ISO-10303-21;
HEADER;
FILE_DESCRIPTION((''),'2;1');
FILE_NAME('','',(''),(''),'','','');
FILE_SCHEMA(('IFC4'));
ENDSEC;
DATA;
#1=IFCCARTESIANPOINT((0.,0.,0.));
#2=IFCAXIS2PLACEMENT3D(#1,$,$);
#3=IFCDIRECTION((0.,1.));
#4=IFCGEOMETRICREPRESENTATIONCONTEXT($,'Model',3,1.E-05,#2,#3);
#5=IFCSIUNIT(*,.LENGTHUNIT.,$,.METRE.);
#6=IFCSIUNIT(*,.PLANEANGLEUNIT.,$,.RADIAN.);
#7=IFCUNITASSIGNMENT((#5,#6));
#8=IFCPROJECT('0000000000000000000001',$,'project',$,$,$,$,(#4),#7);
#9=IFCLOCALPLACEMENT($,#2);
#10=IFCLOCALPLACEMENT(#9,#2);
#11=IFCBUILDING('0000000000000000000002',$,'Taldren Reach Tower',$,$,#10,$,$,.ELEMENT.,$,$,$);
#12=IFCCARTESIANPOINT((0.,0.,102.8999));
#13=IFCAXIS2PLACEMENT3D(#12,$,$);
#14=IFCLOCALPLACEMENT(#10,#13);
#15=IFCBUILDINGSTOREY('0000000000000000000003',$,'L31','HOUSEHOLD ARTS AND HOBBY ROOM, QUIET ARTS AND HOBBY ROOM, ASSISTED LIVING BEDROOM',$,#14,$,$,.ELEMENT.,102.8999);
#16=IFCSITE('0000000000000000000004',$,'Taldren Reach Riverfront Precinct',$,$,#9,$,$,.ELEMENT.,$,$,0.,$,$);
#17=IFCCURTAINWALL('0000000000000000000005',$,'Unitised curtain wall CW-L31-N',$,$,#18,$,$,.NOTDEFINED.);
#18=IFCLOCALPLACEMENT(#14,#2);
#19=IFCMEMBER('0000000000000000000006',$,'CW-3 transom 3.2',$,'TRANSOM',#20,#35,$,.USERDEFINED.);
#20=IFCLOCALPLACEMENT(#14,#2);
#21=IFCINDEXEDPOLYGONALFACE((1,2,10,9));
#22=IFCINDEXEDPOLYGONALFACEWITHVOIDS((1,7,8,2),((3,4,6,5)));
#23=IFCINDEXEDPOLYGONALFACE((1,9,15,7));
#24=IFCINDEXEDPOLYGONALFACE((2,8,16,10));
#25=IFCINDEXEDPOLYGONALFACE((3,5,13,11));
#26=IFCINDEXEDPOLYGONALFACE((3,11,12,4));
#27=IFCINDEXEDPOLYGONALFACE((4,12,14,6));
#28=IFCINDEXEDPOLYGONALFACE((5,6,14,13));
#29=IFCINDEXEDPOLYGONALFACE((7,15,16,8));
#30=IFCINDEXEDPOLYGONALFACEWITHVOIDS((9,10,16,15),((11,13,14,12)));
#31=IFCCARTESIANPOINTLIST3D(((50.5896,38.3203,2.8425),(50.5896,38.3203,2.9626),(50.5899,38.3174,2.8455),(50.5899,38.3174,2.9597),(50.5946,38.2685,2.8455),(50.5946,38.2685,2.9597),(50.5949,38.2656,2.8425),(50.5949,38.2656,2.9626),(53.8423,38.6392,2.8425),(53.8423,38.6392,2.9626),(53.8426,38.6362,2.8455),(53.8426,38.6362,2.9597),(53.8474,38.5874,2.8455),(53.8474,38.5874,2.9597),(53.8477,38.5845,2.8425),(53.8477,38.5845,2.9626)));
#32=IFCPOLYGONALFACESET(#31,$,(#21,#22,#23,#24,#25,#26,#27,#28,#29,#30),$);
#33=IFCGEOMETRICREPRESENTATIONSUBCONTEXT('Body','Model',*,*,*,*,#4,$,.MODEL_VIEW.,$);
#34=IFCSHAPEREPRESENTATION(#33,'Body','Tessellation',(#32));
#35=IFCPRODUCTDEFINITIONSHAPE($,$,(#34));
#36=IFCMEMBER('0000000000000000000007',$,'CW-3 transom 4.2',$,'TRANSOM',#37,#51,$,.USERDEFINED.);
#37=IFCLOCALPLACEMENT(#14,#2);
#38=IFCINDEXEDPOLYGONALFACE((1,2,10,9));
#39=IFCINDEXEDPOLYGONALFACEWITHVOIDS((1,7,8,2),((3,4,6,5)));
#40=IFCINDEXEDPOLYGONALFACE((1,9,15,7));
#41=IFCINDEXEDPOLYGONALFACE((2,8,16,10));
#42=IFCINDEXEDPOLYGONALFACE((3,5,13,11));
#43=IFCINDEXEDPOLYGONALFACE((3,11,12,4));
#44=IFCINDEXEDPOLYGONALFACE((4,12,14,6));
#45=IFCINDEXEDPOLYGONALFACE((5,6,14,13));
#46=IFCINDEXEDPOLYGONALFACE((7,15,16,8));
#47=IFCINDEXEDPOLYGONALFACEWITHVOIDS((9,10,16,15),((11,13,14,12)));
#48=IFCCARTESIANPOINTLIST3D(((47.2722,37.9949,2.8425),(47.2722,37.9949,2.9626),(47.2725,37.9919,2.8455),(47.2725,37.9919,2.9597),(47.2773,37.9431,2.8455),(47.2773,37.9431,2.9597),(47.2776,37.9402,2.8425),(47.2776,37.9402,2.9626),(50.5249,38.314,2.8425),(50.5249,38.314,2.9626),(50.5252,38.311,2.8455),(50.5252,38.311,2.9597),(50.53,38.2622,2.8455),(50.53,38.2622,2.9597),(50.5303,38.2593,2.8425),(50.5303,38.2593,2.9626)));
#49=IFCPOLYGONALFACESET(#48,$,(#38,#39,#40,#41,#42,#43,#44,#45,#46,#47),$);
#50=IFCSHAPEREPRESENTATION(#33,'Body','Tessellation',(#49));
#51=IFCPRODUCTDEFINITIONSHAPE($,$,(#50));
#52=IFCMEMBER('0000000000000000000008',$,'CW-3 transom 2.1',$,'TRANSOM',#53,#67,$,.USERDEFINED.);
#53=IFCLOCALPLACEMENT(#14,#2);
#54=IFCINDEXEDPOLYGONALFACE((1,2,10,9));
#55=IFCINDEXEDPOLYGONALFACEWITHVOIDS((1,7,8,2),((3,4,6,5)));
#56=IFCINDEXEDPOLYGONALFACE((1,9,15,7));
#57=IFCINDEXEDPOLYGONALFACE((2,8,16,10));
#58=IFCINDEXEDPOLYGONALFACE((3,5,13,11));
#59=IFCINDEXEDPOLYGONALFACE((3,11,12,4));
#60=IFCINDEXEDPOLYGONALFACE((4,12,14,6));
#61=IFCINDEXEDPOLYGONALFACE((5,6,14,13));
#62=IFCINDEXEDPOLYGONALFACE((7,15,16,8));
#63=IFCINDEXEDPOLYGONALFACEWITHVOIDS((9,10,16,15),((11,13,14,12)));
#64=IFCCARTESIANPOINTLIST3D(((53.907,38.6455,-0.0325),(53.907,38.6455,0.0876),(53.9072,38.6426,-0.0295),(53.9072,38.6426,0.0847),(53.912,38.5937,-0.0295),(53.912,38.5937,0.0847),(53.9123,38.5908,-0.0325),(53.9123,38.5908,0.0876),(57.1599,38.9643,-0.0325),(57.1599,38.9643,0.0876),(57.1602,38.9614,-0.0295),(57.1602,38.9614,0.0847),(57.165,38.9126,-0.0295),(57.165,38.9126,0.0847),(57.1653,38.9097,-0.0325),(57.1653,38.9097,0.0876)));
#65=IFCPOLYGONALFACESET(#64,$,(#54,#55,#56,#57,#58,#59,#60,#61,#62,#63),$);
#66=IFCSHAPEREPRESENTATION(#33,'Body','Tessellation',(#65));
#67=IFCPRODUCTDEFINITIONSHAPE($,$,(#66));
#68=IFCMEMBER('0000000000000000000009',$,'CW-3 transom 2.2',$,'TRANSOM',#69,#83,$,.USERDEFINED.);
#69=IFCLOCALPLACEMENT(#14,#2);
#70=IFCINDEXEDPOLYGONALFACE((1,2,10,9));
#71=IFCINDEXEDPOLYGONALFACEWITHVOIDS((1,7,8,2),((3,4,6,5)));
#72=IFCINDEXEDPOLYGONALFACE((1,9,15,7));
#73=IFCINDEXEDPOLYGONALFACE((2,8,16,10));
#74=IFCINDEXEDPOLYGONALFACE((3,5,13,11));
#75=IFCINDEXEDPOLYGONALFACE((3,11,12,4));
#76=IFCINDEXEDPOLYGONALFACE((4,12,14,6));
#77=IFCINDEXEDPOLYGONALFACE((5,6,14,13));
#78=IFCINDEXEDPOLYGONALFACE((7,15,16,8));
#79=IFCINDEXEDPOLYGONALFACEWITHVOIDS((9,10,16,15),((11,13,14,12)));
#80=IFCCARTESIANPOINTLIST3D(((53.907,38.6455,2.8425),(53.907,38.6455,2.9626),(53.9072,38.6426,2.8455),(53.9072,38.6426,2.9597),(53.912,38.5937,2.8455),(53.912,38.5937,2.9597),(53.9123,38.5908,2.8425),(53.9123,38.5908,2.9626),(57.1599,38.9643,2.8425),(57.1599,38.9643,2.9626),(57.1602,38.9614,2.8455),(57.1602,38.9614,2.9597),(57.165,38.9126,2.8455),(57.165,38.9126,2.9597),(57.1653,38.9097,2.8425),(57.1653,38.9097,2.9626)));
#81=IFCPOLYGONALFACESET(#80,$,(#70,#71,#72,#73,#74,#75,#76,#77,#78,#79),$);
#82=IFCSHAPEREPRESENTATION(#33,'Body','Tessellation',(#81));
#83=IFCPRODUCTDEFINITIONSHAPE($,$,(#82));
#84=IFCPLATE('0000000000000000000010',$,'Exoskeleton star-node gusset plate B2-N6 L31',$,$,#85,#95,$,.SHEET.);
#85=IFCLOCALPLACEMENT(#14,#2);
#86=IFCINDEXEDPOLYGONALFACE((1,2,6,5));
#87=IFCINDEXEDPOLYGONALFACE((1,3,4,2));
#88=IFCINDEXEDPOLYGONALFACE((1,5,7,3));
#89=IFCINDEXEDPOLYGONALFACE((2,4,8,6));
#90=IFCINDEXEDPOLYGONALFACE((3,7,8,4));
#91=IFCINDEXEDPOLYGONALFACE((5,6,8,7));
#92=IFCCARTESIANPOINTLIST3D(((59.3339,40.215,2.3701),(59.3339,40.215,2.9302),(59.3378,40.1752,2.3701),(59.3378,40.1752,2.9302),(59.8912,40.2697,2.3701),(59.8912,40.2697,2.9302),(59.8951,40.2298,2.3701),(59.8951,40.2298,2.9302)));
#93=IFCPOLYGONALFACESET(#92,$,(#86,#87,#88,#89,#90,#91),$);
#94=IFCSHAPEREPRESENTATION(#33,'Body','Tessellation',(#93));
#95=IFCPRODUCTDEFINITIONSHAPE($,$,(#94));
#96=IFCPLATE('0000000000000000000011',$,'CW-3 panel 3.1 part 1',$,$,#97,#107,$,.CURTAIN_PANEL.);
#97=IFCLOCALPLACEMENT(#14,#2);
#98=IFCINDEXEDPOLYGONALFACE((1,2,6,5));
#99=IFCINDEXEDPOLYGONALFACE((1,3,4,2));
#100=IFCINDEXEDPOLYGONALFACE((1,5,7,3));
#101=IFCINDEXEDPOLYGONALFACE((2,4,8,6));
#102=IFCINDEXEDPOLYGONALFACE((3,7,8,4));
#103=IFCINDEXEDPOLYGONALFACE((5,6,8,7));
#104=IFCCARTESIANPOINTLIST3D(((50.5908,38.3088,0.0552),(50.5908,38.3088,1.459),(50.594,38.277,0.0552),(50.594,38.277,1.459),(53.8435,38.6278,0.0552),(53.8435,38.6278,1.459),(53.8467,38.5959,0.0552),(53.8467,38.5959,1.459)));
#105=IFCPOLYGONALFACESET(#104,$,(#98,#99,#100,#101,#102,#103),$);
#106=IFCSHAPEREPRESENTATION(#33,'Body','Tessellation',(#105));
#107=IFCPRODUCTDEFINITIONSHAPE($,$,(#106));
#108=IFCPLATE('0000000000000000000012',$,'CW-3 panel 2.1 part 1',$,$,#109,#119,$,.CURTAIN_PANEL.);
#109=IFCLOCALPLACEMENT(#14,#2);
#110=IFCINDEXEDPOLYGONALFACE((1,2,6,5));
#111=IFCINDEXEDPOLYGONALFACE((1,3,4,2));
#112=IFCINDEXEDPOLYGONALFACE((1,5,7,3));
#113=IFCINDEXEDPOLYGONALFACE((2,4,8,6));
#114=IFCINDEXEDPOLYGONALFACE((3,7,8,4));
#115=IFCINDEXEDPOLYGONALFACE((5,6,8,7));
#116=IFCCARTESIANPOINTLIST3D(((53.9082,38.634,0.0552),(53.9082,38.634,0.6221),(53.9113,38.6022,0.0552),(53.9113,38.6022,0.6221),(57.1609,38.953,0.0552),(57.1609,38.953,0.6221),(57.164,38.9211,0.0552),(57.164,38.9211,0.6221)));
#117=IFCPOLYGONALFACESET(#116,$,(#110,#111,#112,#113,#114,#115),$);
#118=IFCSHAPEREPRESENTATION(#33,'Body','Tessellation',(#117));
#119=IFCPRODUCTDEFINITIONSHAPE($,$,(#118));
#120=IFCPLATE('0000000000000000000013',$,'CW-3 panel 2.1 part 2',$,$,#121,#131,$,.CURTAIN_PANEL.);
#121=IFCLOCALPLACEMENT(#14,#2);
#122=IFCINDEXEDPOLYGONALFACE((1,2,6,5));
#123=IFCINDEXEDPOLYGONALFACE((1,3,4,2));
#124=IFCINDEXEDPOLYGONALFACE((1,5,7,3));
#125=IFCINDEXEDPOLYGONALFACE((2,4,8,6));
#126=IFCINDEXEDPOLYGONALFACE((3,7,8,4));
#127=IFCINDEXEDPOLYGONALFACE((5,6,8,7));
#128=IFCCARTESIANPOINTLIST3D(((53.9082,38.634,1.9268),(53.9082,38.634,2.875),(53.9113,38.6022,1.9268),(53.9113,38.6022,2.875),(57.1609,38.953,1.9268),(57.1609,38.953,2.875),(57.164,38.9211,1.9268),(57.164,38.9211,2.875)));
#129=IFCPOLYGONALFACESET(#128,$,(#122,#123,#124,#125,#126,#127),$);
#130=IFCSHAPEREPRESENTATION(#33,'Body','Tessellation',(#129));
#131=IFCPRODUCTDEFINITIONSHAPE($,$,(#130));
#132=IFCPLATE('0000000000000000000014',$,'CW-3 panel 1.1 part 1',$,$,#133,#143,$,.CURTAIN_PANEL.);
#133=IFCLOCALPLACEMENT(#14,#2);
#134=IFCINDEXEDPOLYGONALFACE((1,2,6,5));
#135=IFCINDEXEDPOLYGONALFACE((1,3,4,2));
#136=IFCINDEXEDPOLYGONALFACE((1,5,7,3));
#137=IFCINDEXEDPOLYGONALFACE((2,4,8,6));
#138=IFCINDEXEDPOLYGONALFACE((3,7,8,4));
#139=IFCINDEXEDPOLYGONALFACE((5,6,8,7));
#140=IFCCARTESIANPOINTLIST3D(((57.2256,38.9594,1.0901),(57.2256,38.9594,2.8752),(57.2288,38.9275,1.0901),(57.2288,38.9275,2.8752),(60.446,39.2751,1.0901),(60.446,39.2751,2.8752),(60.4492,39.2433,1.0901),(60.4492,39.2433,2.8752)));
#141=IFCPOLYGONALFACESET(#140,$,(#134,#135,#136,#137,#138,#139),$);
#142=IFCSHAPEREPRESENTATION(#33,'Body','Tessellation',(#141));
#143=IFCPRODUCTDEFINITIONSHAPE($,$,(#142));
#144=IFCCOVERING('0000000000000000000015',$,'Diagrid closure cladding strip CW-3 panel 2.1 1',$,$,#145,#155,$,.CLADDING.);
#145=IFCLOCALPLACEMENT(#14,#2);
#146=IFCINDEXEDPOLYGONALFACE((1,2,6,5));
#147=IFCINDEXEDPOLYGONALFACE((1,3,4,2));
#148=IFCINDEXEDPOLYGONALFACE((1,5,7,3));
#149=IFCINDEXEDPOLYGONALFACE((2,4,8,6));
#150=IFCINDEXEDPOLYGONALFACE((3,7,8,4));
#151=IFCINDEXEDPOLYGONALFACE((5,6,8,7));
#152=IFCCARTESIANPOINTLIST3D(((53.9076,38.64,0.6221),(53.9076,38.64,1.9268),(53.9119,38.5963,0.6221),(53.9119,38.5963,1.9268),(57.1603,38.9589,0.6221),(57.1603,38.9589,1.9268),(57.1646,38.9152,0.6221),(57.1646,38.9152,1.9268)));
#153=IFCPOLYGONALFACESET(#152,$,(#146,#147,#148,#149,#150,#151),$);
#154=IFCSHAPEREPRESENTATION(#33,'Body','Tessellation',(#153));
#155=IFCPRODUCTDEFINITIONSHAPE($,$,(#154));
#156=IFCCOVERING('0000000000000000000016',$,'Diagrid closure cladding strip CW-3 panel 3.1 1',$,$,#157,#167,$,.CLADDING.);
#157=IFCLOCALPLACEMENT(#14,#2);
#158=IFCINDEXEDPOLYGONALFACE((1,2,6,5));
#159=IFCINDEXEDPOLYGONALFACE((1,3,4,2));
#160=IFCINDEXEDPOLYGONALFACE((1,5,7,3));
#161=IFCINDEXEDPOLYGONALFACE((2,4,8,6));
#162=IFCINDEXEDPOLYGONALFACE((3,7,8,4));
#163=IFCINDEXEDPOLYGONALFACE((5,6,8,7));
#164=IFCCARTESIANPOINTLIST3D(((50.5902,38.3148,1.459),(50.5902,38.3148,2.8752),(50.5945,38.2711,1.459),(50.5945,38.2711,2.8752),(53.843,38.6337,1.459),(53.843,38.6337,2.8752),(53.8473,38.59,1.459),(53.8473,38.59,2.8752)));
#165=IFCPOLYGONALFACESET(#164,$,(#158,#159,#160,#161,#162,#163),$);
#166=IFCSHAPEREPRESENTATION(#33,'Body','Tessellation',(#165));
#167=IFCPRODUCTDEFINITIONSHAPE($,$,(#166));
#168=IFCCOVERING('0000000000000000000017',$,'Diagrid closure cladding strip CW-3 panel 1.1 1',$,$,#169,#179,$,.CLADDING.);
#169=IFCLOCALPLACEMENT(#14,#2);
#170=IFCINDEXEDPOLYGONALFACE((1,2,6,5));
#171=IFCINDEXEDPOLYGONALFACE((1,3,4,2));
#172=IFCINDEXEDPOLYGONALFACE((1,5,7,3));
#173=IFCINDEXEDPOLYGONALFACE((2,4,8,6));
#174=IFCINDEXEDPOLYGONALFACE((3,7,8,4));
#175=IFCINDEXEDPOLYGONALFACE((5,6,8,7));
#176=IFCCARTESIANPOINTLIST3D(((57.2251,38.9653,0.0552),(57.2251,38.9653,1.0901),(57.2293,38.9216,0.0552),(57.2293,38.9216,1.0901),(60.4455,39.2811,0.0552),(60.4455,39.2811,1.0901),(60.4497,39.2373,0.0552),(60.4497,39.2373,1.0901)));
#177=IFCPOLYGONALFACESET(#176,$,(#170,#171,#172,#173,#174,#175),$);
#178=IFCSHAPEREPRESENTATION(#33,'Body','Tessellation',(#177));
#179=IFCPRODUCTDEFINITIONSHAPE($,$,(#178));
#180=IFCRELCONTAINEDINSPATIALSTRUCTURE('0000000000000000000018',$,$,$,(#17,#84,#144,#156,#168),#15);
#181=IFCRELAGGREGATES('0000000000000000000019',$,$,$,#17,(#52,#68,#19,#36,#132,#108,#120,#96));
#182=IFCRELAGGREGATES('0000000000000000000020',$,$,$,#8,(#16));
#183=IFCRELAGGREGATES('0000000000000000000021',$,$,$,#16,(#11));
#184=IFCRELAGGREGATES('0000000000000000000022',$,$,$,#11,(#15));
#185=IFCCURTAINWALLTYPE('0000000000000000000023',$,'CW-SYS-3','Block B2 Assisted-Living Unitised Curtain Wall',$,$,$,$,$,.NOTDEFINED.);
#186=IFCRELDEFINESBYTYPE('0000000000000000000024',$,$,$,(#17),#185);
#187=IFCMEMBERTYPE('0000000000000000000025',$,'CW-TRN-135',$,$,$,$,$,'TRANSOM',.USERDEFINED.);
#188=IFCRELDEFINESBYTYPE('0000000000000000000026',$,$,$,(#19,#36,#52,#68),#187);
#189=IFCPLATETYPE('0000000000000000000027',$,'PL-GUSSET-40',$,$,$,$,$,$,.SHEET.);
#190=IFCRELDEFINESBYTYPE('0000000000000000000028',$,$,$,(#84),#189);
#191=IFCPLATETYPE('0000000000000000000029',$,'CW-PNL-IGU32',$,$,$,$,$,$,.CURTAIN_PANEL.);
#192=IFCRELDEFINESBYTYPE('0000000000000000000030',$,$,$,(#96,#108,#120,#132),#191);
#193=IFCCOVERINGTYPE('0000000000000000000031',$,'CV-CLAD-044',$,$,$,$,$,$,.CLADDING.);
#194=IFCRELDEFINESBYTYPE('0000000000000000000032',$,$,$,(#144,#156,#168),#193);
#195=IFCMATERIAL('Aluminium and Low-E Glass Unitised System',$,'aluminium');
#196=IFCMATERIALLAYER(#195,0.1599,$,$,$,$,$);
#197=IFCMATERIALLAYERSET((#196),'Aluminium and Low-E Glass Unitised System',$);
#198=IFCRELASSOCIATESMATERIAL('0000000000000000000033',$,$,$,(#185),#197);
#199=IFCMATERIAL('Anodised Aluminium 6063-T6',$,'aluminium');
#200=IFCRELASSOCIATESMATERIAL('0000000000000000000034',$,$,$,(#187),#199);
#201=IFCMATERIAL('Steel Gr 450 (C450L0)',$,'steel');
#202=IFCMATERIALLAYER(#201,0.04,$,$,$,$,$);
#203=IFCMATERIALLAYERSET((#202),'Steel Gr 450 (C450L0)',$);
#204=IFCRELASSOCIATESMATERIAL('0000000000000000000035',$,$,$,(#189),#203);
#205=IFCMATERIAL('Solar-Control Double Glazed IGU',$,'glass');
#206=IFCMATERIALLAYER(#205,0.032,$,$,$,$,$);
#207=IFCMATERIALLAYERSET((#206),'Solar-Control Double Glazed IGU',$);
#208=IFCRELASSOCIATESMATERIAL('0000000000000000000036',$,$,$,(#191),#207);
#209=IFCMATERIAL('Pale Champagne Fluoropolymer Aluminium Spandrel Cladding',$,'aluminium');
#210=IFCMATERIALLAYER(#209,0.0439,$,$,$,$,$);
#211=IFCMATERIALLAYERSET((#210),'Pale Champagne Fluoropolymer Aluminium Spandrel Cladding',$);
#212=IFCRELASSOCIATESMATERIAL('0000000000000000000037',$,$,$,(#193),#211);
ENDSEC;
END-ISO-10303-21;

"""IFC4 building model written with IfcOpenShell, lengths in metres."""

from ifc_helpers import new_model, si_unit, direction, frame, origin, origin_2d, place, context, subcontext, project, spatial, rectangle, hollow_rectangle, extrude, source, transform, mapped, material, layer, layer_set, material_profile, profile_set, type_object, element, aggregate, save


model = new_model("IFC4")

# Units and contexts
model_context = context("Model", 3, precision=1e-05, world=origin(), true_north=direction((0.0, 1.0)))
body_context = subcontext(model_context, "Body", "Model", "MODEL_VIEW")
ifc_project = project(units=[si_unit("LENGTHUNIT", "METRE"), si_unit("PLANEANGLEUNIT", "RADIAN")], contexts=[model_context])

# Site, building, storey
site_placement = place(None, origin())
site = spatial("IfcSite", under=ifc_project, at=site_placement, Name="Taldren Reach Riverfront Precinct", CompositionType="ELEMENT", RefElevation=0.0)
building_placement = place(site_placement, origin())
building = spatial("IfcBuilding", under=site, at=building_placement, Name="Taldren Reach Tower", CompositionType="ELEMENT")
storey_placement = place(building_placement, frame((0.0, 0.0, 102.8999)))
storey = spatial("IfcBuildingStorey", under=building, at=storey_placement, Name="L31", Description="HOUSEHOLD ARTS AND HOBBY ROOM, QUIET ARTS AND HOBBY ROOM, ASSISTED LIVING BEDROOM", CompositionType="ELEMENT", Elevation=102.8999)

# Shared definitions
ifc_material_1 = material(Name="Steel Gr 450 (C450L0)", Category="steel")

# Curtain wall, members
ifc_material_2 = material(Name="Aluminium and Low-E Glass Unitised System", Category="aluminium")
ifc_layer_1 = layer(ifc_material_2, 0.1599)
ifc_layer_set_1 = layer_set([ifc_layer_1], Name="Aluminium and Low-E Glass Unitised System")
curtain_wall_type = type_object("IfcCurtainWallType", Name="CW-SYS-3", Description="Block B2 Assisted-Living Unitised Curtain Wall", PredefinedType="NOTDEFINED", material=ifc_layer_set_1)
curtain_wall_placement = place(storey_placement, origin())
curtain_wall = element("IfcCurtainWall", 1, at=curtain_wall_placement, inside=storey, type_object=curtain_wall_type, Name="Unitised curtain wall CW-L31-N", PredefinedType="NOTDEFINED")
ifc_material_3 = material(Name="Anodised Aluminium 6063-T6", Category="aluminium")
ifc_material_profile_1 = material_profile(ifc_material_3, hollow_rectangle(XDim=0.0549, YDim=0.1201, WallThickness=0.0029, at=origin_2d()), Name="ALU-120x55x3RHS")
ifc_profile_set_1 = profile_set([ifc_material_profile_1], Name="Anodised Aluminium 6063-T6")
member_type_1 = type_object("IfcMemberType", Name="CW-TRN-135", ElementType="TRANSOM", PredefinedType="USERDEFINED", material=ifc_profile_set_1)
shared_shape_1 = source(origin(), body_context, "Body", "SweptSolid", [
    extrude(hollow_rectangle(XDim=0.0549, YDim=0.1201, WallThickness=0.0029, at=origin_2d()), origin(), (0.0, 0.0, 1.0), 3.2683),
])
member_1_placement = place(storey_placement, frame((53.845, 38.6118, 2.9026), z_axis=(-0.99523, -0.097558, 0.0), x_axis=(0.097558, -0.99523, 0.0)))
member_1 = element("IfcMember", 2, at=member_1_placement, type_object=member_type_1, Name="CW-3 transom 3.2", ObjectType="TRANSOM", PredefinedType="USERDEFINED", context=body_context, shape_type="MappedRepresentation", body=[
    mapped(shared_shape_1, transform((0.0, 0.0, 0.0), scale=1.0)),
])
member_2_placement = place(storey_placement, frame((50.5276, 38.2866, 2.9026), z_axis=(-0.995223, -0.097632, 0.0), x_axis=(0.097632, -0.995223, 0.0)))
member_2 = element("IfcMember", 3, at=member_2_placement, type_object=member_type_1, Name="CW-3 transom 4.2", ObjectType="TRANSOM", PredefinedType="USERDEFINED", context=body_context, shape_type="MappedRepresentation", body=[
    mapped(shared_shape_1, transform((0.0, 0.0, 0.0), scale=1.0)),
])
shared_shape_2 = source(origin(), body_context, "Body", "SweptSolid", [
    extrude(hollow_rectangle(XDim=0.0549, YDim=0.1201, WallThickness=0.0029, at=origin_2d()), origin(), (0.0, 0.0, 1.0), 3.2686),
])
member_3_placement = place(storey_placement, frame((57.1626, 38.937, 0.0276), z_axis=(-0.995231, -0.097551, 0.0), x_axis=(0.097551, -0.995231, 0.0)))
member_3 = element("IfcMember", 4, at=member_3_placement, type_object=member_type_1, Name="CW-3 transom 2.1", ObjectType="TRANSOM", PredefinedType="USERDEFINED", context=body_context, shape_type="MappedRepresentation", body=[
    mapped(shared_shape_2, transform((0.0, 0.0, 0.0), scale=1.0)),
])
member_4_placement = place(storey_placement, frame((57.1626, 38.937, 2.9026), z_axis=(-0.995231, -0.097551, 0.0), x_axis=(0.097551, -0.995231, 0.0)))
member_4 = element("IfcMember", 5, at=member_4_placement, type_object=member_type_1, Name="CW-3 transom 2.2", ObjectType="TRANSOM", PredefinedType="USERDEFINED", context=body_context, shape_type="MappedRepresentation", body=[
    mapped(shared_shape_2, transform((0.0, 0.0, 0.0), scale=1.0)),
])

# Plates
ifc_layer_2 = layer(ifc_material_1, 0.04)
ifc_layer_set_2 = layer_set([ifc_layer_2], Name="Steel Gr 450 (C450L0)")
plate_type_1 = type_object("IfcPlateType", Name="PL-GUSSET-40", PredefinedType="SHEET", material=ifc_layer_set_2)
shared_shape_3 = source(origin(), body_context, "Body", "SweptSolid", [
    extrude(rectangle(XDim=0.5601, YDim=0.04, at=origin_2d()), origin(), (0.0, 0.0, 1.0), 0.5601),
])
plate_1_placement = place(storey_placement, frame((59.6145, 40.2224, 2.3701), z_axis=(0.0, 0.0, 1.0), x_axis=(0.995227, 0.097583, 0.0)))
element("IfcPlate", 6, at=plate_1_placement, inside=storey, type_object=plate_type_1, Name="Exoskeleton star-node gusset plate B2-N6 L31", PredefinedType="SHEET", context=body_context, shape_type="MappedRepresentation", body=[
    mapped(shared_shape_3, transform((0.0, 0.0, 0.0), scale=1.0)),
])
ifc_material_4 = material(Name="Solar-Control Double Glazed IGU", Category="glass")
ifc_layer_3 = layer(ifc_material_4, 0.032)
ifc_layer_set_3 = layer_set([ifc_layer_3], Name="Solar-Control Double Glazed IGU")
plate_type_2 = type_object("IfcPlateType", Name="CW-PNL-IGU32", PredefinedType="CURTAIN_PANEL", material=ifc_layer_set_3)
shared_shape_4 = source(origin(), body_context, "Body", "SweptSolid", [
    extrude(rectangle(XDim=3.2683, YDim=0.032, at=origin_2d()), origin(), (0.0, 0.0, 1.0), 1.4038),
])
plate_2_placement = place(storey_placement, frame((52.2188, 38.4524, 0.0552), z_axis=(0.0, 0.0, 1.0), x_axis=(-0.995227, -0.097583, 0.0)))
plate_2 = element("IfcPlate", 7, at=plate_2_placement, type_object=plate_type_2, Name="CW-3 panel 3.1 part 1", PredefinedType="CURTAIN_PANEL", context=body_context, shape_type="MappedRepresentation", body=[
    mapped(shared_shape_4, transform((0.0, 0.0, 0.0), scale=1.0)),
])
shared_shape_5 = source(origin(), body_context, "Body", "SweptSolid", [
    extrude(rectangle(XDim=3.2683, YDim=0.032, at=origin_2d()), origin(), (0.0, 0.0, 1.0), 0.5669),
])
plate_3_placement = place(storey_placement, frame((55.5361, 38.7776, 0.0552), z_axis=(0.0, 0.0, 1.0), x_axis=(-0.995227, -0.097583, 0.0)))
plate_3 = element("IfcPlate", 8, at=plate_3_placement, type_object=plate_type_2, Name="CW-3 panel 2.1 part 1", PredefinedType="CURTAIN_PANEL", context=body_context, shape_type="MappedRepresentation", body=[
    mapped(shared_shape_5, transform((0.0, 0.0, 0.0), scale=1.0)),
])
shared_shape_6 = source(origin(), body_context, "Body", "SweptSolid", [
    extrude(rectangle(XDim=3.2683, YDim=0.032, at=origin_2d()), origin(), (0.0, 0.0, 1.0), 0.9482),
])
plate_4_placement = place(storey_placement, frame((55.5361, 38.7776, 1.9268), z_axis=(0.0, 0.0, 1.0), x_axis=(-0.995227, -0.097583, 0.0)))
plate_4 = element("IfcPlate", 9, at=plate_4_placement, type_object=plate_type_2, Name="CW-3 panel 2.1 part 2", PredefinedType="CURTAIN_PANEL", context=body_context, shape_type="MappedRepresentation", body=[
    mapped(shared_shape_6, transform((0.0, 0.0, 0.0), scale=1.0)),
])
shared_shape_7 = source(origin(), body_context, "Body", "SweptSolid", [
    extrude(rectangle(XDim=3.2358, YDim=0.032, at=origin_2d()), origin(), (0.0, 0.0, 1.0), 1.7852),
])
plate_5_placement = place(storey_placement, frame((58.8374, 39.1013, 1.0901), z_axis=(0.0, 0.0, 1.0), x_axis=(-0.995227, -0.097583, 0.0)))
plate_5 = element("IfcPlate", 10, at=plate_5_placement, type_object=plate_type_2, Name="CW-3 panel 1.1 part 1", PredefinedType="CURTAIN_PANEL", context=body_context, shape_type="MappedRepresentation", body=[
    mapped(shared_shape_7, transform((0.0, 0.0, 0.0), scale=1.0)),
])
aggregate(curtain_wall, [member_3, member_4, member_1, member_2, plate_5, plate_3, plate_4, plate_2])

# Coverings
ifc_material_5 = material(Name="Pale Champagne Fluoropolymer Aluminium Spandrel Cladding", Category="aluminium")
ifc_layer_4 = layer(ifc_material_5, 0.0439)
ifc_layer_set_4 = layer_set([ifc_layer_4], Name="Pale Champagne Fluoropolymer Aluminium Spandrel Cladding")
covering_type = type_object("IfcCoveringType", Name="CV-CLAD-044", PredefinedType="CLADDING", material=ifc_layer_set_4)
shared_shape_8 = source(origin(), body_context, "Body", "SweptSolid", [
    extrude(rectangle(XDim=3.2683, YDim=0.0439, at=origin_2d()), origin(), (0.0, 0.0, 1.0), 1.3047),
])
covering_1_placement = place(storey_placement, frame((55.5361, 38.7776, 0.6221), z_axis=(0.0, 0.0, 1.0), x_axis=(-0.995227, -0.097583, 0.0)))
element("IfcCovering", 11, at=covering_1_placement, inside=storey, type_object=covering_type, Name="Diagrid closure cladding strip CW-3 panel 2.1 1", PredefinedType="CLADDING", context=body_context, shape_type="MappedRepresentation", body=[
    mapped(shared_shape_8, transform((0.0, 0.0, 0.0), scale=1.0)),
])
shared_shape_9 = source(origin(), body_context, "Body", "SweptSolid", [
    extrude(rectangle(XDim=3.2683, YDim=0.0439, at=origin_2d()), origin(), (0.0, 0.0, 1.0), 1.4163),
])
covering_2_placement = place(storey_placement, frame((52.2188, 38.4524, 1.459), z_axis=(0.0, 0.0, 1.0), x_axis=(-0.995227, -0.097583, 0.0)))
element("IfcCovering", 12, at=covering_2_placement, inside=storey, type_object=covering_type, Name="Diagrid closure cladding strip CW-3 panel 3.1 1", PredefinedType="CLADDING", context=body_context, shape_type="MappedRepresentation", body=[
    mapped(shared_shape_9, transform((0.0, 0.0, 0.0), scale=1.0)),
])
shared_shape_10 = source(origin(), body_context, "Body", "SweptSolid", [
    extrude(rectangle(XDim=3.2358, YDim=0.0439, at=origin_2d()), origin(), (0.0, 0.0, 1.0), 1.0349),
])
covering_3_placement = place(storey_placement, frame((58.8374, 39.1013, 0.0552), z_axis=(0.0, 0.0, 1.0), x_axis=(-0.995227, -0.097583, 0.0)))
element("IfcCovering", 13, at=covering_3_placement, inside=storey, type_object=covering_type, Name="Diagrid closure cladding strip CW-3 panel 1.1 1", PredefinedType="CLADDING", context=body_context, shape_type="MappedRepresentation", body=[
    mapped(shared_shape_10, transform((0.0, 0.0, 0.0), scale=1.0)),
])

save(model, "model.ifc")
